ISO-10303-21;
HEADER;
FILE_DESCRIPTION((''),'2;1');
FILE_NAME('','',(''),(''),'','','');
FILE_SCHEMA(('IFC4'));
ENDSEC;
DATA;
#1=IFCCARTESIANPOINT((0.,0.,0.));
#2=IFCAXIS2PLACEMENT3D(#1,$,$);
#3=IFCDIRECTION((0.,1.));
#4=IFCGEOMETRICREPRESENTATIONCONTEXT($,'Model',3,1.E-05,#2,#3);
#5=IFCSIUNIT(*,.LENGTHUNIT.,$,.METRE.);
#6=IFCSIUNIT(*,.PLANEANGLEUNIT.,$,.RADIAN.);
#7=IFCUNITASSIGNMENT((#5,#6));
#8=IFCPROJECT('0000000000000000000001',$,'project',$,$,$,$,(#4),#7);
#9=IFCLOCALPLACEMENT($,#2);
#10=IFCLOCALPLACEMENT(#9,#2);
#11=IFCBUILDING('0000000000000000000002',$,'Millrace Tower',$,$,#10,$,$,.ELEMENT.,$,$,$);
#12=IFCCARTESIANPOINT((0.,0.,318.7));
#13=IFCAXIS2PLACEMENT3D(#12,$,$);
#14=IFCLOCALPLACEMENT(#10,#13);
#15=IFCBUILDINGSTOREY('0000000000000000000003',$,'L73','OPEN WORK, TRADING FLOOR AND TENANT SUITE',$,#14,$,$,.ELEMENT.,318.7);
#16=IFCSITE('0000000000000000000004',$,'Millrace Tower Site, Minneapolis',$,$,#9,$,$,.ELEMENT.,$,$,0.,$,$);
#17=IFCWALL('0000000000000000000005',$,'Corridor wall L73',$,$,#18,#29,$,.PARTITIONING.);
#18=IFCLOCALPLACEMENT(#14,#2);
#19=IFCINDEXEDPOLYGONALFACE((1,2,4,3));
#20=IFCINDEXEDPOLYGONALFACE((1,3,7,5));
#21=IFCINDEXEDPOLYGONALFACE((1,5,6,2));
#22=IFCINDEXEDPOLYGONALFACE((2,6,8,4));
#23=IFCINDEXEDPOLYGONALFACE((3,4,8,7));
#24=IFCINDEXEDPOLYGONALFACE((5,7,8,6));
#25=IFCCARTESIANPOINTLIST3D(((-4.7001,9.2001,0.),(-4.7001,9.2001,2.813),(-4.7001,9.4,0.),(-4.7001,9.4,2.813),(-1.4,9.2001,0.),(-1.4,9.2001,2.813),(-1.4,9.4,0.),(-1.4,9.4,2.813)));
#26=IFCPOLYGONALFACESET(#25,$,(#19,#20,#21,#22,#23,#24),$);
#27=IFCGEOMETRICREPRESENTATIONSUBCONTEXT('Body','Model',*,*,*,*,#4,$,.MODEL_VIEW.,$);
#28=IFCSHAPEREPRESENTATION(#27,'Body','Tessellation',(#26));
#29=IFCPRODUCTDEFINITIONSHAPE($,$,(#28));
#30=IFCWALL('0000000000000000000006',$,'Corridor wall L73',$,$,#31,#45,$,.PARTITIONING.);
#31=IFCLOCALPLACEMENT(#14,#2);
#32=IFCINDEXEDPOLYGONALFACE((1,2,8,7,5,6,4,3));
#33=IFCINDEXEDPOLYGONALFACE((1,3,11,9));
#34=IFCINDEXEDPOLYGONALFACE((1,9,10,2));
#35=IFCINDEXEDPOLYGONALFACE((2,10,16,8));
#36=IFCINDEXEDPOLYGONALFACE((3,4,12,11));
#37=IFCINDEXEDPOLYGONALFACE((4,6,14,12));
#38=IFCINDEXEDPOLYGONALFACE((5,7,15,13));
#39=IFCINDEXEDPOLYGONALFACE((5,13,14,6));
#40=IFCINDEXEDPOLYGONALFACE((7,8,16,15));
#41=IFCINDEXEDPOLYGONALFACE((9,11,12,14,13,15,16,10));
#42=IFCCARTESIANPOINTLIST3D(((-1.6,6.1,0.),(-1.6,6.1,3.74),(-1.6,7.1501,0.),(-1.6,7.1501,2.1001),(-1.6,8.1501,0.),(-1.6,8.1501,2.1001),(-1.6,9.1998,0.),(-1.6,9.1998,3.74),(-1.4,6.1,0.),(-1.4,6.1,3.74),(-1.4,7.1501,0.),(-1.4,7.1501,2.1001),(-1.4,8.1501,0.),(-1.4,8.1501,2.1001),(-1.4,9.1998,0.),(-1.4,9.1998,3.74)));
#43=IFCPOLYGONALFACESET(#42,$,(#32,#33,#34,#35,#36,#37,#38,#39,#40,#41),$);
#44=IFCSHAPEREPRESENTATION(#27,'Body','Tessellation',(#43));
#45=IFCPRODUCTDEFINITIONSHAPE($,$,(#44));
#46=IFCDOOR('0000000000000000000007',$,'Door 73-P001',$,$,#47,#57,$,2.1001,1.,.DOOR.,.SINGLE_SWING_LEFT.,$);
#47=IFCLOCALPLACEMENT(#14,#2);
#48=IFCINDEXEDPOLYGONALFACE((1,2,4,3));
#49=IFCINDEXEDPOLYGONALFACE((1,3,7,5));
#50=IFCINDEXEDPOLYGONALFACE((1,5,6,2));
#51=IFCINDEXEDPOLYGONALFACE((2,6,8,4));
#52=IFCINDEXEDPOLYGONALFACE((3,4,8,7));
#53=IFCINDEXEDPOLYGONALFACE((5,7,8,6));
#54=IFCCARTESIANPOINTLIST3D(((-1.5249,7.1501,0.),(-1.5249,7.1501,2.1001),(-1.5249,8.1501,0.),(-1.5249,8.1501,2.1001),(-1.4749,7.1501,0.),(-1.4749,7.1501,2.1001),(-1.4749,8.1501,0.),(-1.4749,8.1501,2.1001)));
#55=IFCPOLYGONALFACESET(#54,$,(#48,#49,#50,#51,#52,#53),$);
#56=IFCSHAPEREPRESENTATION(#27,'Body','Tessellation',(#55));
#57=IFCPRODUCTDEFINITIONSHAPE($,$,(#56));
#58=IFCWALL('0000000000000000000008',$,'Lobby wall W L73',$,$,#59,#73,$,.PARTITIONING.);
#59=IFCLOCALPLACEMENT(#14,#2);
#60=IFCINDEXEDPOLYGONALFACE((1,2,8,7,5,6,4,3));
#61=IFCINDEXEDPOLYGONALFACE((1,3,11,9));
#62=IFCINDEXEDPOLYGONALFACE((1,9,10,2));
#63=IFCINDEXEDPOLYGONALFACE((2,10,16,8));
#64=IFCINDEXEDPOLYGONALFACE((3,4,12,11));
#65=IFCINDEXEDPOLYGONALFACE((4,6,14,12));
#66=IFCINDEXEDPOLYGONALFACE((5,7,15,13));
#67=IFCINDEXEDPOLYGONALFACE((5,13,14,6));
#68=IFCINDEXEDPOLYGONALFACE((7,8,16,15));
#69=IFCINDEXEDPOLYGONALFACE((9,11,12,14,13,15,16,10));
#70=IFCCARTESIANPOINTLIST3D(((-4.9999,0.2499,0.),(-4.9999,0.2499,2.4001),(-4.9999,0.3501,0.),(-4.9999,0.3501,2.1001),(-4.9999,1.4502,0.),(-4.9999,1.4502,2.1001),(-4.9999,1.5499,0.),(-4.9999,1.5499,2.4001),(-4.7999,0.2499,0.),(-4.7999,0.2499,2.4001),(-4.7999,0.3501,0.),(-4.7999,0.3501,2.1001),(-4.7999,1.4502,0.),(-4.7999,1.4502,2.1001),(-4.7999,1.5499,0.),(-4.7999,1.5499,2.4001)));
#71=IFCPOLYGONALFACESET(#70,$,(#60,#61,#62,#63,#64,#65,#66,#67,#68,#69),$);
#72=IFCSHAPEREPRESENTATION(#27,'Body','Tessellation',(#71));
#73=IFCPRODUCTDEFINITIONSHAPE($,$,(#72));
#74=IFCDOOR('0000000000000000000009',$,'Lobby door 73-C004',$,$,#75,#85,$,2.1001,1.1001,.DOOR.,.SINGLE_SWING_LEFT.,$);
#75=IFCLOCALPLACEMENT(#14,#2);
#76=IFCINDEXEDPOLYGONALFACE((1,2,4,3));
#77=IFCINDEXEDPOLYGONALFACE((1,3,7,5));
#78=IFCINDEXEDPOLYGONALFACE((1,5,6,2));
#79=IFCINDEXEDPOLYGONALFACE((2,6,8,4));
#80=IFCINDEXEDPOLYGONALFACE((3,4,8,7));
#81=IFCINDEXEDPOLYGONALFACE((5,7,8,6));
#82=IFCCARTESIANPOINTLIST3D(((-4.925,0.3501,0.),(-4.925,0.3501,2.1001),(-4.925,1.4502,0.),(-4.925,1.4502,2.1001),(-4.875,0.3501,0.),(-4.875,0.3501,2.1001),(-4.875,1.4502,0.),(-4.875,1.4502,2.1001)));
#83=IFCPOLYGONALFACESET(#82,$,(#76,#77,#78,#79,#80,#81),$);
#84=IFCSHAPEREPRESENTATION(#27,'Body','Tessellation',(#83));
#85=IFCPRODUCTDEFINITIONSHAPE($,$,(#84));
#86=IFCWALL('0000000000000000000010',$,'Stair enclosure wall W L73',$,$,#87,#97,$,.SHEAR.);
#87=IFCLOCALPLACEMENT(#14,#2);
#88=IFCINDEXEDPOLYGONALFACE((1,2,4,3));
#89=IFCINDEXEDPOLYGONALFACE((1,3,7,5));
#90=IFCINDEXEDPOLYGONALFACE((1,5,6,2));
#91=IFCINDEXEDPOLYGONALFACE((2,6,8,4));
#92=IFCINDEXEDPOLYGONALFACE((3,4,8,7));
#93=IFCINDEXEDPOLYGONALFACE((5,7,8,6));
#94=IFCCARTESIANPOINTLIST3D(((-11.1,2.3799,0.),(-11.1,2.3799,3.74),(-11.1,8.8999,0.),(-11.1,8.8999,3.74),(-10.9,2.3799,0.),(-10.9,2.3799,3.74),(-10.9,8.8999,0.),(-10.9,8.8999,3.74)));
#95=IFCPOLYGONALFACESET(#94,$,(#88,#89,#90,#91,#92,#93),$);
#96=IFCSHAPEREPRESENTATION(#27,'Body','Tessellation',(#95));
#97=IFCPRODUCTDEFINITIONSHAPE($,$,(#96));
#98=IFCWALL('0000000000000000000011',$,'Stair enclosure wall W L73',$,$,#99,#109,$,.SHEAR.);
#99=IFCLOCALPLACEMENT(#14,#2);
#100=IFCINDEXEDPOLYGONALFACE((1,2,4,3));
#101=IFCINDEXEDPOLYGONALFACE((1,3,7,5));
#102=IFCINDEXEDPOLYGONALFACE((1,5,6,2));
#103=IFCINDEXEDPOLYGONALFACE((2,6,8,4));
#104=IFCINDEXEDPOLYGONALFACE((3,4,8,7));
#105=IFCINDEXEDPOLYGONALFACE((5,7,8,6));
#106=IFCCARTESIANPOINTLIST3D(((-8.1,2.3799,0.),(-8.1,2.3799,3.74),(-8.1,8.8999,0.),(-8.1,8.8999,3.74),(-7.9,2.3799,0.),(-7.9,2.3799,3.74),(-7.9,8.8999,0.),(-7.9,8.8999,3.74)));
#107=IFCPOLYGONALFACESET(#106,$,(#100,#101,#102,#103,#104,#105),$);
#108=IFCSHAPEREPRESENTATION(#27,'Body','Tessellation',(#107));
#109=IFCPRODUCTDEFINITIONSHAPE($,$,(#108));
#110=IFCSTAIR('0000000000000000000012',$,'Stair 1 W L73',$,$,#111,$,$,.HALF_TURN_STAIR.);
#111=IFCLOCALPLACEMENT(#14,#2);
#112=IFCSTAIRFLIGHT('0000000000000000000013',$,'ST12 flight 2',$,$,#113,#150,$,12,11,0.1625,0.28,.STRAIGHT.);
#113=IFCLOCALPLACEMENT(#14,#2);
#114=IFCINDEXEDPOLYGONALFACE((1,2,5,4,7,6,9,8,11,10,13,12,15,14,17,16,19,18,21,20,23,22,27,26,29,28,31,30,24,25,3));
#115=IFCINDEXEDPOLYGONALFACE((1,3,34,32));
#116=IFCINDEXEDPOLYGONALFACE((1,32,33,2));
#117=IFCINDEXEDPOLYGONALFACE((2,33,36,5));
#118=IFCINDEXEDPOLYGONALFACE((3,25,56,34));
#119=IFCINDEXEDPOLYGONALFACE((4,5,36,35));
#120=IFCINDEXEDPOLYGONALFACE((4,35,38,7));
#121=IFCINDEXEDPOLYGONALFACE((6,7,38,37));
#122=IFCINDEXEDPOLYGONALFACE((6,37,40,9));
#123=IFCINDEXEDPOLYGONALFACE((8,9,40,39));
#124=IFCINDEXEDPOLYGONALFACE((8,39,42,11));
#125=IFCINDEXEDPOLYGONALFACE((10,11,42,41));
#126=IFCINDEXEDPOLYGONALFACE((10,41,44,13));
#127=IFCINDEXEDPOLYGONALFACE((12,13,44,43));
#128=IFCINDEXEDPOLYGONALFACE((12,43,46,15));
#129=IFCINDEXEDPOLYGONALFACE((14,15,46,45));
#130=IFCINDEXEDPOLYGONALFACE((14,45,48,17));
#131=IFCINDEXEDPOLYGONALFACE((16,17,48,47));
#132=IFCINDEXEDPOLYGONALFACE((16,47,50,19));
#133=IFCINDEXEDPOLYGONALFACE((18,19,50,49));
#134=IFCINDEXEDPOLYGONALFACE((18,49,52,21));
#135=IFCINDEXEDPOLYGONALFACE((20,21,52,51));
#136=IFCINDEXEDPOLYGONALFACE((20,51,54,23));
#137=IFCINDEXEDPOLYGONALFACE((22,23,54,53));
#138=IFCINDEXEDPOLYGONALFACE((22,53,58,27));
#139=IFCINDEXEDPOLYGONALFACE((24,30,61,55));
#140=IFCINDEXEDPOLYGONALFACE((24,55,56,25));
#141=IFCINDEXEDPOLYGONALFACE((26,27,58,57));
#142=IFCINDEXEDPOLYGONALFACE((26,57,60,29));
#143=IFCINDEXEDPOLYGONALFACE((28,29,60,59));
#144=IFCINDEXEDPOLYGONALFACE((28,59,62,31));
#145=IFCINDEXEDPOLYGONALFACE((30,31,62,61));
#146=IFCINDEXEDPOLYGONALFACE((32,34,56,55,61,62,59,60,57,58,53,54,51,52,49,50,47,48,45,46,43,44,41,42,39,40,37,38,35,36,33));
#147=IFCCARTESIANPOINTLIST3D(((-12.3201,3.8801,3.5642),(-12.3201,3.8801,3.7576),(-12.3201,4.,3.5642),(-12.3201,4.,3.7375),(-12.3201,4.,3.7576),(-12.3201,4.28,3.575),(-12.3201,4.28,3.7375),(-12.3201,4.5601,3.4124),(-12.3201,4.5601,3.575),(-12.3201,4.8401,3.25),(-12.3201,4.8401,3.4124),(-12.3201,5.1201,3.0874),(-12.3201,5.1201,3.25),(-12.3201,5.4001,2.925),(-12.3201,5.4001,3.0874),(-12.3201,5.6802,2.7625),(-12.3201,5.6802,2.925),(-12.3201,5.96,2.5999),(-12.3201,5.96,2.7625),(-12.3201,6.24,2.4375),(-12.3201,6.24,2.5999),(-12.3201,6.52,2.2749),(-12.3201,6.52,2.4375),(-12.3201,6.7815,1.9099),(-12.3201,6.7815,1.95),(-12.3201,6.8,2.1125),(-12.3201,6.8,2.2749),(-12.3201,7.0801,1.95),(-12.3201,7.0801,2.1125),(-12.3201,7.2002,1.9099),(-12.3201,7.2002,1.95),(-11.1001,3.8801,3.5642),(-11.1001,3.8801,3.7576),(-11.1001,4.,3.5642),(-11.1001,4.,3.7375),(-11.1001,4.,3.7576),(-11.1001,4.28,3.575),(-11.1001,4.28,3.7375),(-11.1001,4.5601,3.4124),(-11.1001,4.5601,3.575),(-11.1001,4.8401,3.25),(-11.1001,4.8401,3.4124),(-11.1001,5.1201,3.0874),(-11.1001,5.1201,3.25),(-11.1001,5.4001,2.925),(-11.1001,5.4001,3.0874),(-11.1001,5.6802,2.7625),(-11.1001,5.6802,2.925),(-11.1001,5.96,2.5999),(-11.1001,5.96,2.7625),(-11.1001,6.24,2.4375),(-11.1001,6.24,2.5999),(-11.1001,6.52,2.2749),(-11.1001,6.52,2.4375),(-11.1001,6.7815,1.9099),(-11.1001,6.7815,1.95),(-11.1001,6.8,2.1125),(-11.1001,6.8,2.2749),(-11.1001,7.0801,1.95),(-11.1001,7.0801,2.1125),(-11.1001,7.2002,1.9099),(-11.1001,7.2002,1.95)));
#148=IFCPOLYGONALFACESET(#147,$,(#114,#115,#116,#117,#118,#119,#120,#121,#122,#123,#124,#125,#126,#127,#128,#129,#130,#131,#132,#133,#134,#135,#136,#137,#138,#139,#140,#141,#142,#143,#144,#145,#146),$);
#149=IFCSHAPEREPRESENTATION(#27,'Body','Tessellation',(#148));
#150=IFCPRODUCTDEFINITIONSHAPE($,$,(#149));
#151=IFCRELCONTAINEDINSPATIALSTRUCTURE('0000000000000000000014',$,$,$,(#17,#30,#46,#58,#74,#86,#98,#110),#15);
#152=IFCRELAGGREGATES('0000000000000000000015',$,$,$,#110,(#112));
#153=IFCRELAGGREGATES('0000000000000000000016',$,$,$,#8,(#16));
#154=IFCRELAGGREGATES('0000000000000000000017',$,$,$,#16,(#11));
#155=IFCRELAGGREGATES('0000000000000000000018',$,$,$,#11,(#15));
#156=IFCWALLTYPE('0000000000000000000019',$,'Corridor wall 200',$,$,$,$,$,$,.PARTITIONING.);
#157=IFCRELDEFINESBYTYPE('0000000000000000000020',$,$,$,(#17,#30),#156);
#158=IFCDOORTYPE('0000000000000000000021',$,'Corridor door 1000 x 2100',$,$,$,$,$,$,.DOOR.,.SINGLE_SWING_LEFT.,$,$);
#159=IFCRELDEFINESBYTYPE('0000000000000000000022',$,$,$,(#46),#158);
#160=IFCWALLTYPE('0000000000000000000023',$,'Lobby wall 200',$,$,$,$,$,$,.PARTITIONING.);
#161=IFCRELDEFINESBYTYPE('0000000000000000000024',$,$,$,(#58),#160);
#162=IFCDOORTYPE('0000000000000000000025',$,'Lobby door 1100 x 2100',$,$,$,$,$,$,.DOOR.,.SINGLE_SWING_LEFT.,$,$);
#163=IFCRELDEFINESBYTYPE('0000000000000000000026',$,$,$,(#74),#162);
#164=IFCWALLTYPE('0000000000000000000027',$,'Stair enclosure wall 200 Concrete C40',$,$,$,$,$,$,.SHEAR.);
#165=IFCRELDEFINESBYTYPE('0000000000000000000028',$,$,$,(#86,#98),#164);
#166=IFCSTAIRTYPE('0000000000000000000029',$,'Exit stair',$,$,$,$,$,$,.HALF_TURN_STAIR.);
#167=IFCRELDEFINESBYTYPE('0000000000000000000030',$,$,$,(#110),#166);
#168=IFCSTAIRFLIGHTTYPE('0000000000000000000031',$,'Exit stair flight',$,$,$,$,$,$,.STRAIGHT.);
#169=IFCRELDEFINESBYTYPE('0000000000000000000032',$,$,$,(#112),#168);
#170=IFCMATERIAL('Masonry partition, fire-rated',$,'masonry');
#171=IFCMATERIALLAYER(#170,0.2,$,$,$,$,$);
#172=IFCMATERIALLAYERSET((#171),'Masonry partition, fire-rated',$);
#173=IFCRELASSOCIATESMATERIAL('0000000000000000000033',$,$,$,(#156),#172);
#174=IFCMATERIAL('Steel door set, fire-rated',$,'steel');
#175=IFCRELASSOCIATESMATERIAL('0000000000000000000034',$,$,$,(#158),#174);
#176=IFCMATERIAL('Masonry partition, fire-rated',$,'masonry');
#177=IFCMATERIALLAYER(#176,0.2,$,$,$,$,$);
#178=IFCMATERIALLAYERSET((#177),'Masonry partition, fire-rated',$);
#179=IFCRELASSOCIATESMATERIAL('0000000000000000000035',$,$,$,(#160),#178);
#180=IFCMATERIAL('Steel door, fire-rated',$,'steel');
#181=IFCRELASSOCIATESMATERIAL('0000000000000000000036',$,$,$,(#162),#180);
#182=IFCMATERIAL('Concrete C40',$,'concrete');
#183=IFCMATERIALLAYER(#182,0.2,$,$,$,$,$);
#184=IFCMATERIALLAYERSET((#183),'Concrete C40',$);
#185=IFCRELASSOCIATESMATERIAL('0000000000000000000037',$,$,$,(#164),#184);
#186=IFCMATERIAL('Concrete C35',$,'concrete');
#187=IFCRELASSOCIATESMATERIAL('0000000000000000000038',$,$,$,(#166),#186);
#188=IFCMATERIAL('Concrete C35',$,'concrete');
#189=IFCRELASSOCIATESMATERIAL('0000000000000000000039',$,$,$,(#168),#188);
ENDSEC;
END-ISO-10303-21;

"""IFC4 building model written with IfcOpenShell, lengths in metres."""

from ifc_helpers import new_model, si_unit, direction, frame, frame_2d, origin, place, context, subcontext, project, spatial, polyline, rectangle, outline, extrude, material, layer, layer_set, type_object, element, fill, aggregate, save


model = new_model("IFC4")

# Units and contexts
model_context = context("Model", 3, precision=1e-05, world=origin(), true_north=direction((0.0, 1.0)))
body_context = subcontext(model_context, "Body", "Model", "MODEL_VIEW")
ifc_project = project(units=[si_unit("LENGTHUNIT", "METRE"), si_unit("PLANEANGLEUNIT", "RADIAN")], contexts=[model_context])

# Site, building, storey
site_placement = place(None, origin())
site = spatial("IfcSite", under=ifc_project, at=site_placement, Name="Millrace Tower Site, Minneapolis", CompositionType="ELEMENT", RefElevation=0.0)
building_placement = place(site_placement, origin())
building = spatial("IfcBuilding", under=site, at=building_placement, Name="Millrace Tower", CompositionType="ELEMENT")
storey_placement = place(building_placement, frame((0.0, 0.0, 318.7)))
storey = spatial("IfcBuildingStorey", under=building, at=storey_placement, Name="L73", Description="OPEN WORK, TRADING FLOOR AND TENANT SUITE", CompositionType="ELEMENT", Elevation=318.7)

# Shared definitions
placement = place(storey_placement, origin())

# Wall
ifc_material_1 = material(Name="Masonry partition, fire-rated", Category="masonry")
ifc_layer_1 = layer(ifc_material_1, 0.2)
ifc_layer_set_1 = layer_set([ifc_layer_1], Name="Masonry partition, fire-rated")
wall_type_1 = type_object("IfcWallType", Name="Corridor wall 200", PredefinedType="PARTITIONING", material=ifc_layer_set_1)
wall_1_placement = place(storey_placement, frame((-4.7, 9.3, 0.0), z_axis=(0.0, 0.0, 1.0), x_axis=(1.0, 0.0, 0.0)))
element("IfcWall", 1, at=wall_1_placement, inside=storey, type_object=wall_type_1, Name="Corridor wall L73", PredefinedType="PARTITIONING", context=body_context, shape_type="SweptSolid", body=[
    extrude(rectangle(XDim=3.3, YDim=0.2, at=frame_2d((1.6499, 0.0))), origin(), (0.0, 0.0, 1.0), 2.813),
])

# Walls, openings, doors
wall_2_placement = place(storey_placement, frame((-1.5, 6.1001, 0.0), z_axis=(0.0, 0.0, 1.0), x_axis=(0.0, 1.0, 0.0)))
wall_2 = element("IfcWall", 2, at=wall_2_placement, inside=storey, type_object=wall_type_1, Name="Corridor wall L73", PredefinedType="PARTITIONING", context=body_context, shape_type="SweptSolid", body=[
    extrude(rectangle(XDim=3.0999, YDim=0.2, at=frame_2d((1.5498, 0.0))), origin(), (0.0, 0.0, 1.0), 3.74),
])
opening_1_placement = place(wall_2_placement, frame((1.05, 0.0, 0.0)))
opening_1 = element("IfcOpeningElement", 3, at=opening_1_placement, cuts=wall_2, PredefinedType="OPENING", context=body_context, shape_type="SweptSolid", body=[
    extrude(rectangle(XDim=1.0, YDim=2.1001, at=frame_2d((0.5, 1.05))), frame((0.0, 0.1099, 0.0), z_axis=(0.0, -1.0, 0.0), x_axis=(1.0, 0.0, 0.0)), (0.0, 0.0, 1.0), 0.22),
])
ifc_material_2 = material(Name="Steel door set, fire-rated", Category="steel")
door_type_1 = type_object("IfcDoorType", Name="Corridor door 1000 x 2100", OperationType="SINGLE_SWING_LEFT", PredefinedType="DOOR", material=ifc_material_2)
door_1_placement = place(opening_1_placement, origin())
door_1 = element("IfcDoor", 4, at=door_1_placement, inside=storey, type_object=door_type_1, Name="Door 73-P001", OperationType="SINGLE_SWING_LEFT", OverallHeight=2.1001, OverallWidth=1.0, PredefinedType="DOOR", context=body_context, shape_type="SweptSolid", body=[
    extrude(rectangle(XDim=1.0, YDim=2.1001, at=frame_2d((0.5, 1.05))), frame((0.0, 0.0249, 0.0), z_axis=(0.0, -1.0, 0.0), x_axis=(1.0, 0.0, 0.0)), (0.0, 0.0, 1.0), 0.05),
])
fill(opening_1, door_1)
ifc_material_3 = material(Name="Masonry partition, fire-rated", Category="masonry")
ifc_layer_2 = layer(ifc_material_3, 0.2)
ifc_layer_set_2 = layer_set([ifc_layer_2], Name="Masonry partition, fire-rated")
wall_type_2 = type_object("IfcWallType", Name="Lobby wall 200", PredefinedType="PARTITIONING", material=ifc_layer_set_2)
wall_3_placement = place(storey_placement, frame((-4.8999, 0.25, 0.0), z_axis=(0.0, 0.0, 1.0), x_axis=(0.0, 1.0, 0.0)))
wall_3 = element("IfcWall", 5, at=wall_3_placement, inside=storey, type_object=wall_type_2, Name="Lobby wall W L73", PredefinedType="PARTITIONING", context=body_context, shape_type="SweptSolid", body=[
    extrude(rectangle(XDim=1.3, YDim=0.2, at=frame_2d((0.6499, 0.0))), origin(), (0.0, 0.0, 1.0), 2.4001),
])
opening_2_placement = place(wall_3_placement, frame((0.1001, 0.0, 0.0)))
opening_2 = element("IfcOpeningElement", 6, at=opening_2_placement, cuts=wall_3, PredefinedType="OPENING", context=body_context, shape_type="SweptSolid", body=[
    extrude(rectangle(XDim=1.1001, YDim=2.1001, at=frame_2d((0.55, 1.05))), frame((0.0, 0.1099, 0.0), z_axis=(0.0, -1.0, 0.0), x_axis=(1.0, 0.0, 0.0)), (0.0, 0.0, 1.0), 0.22),
])
ifc_material_4 = material(Name="Steel door, fire-rated", Category="steel")
door_type_2 = type_object("IfcDoorType", Name="Lobby door 1100 x 2100", OperationType="SINGLE_SWING_LEFT", PredefinedType="DOOR", material=ifc_material_4)
door_2_placement = place(opening_2_placement, frame((1.1001, 0.0, 0.0), z_axis=(0.0, 0.0, 1.0), x_axis=(-1.0, 0.0, 0.0)))
door_2 = element("IfcDoor", 7, at=door_2_placement, inside=storey, type_object=door_type_2, Name="Lobby door 73-C004", OperationType="SINGLE_SWING_LEFT", OverallHeight=2.1001, OverallWidth=1.1001, PredefinedType="DOOR", context=body_context, shape_type="SweptSolid", body=[
    extrude(rectangle(XDim=1.1001, YDim=2.1001, at=frame_2d((0.55, 1.05))), frame((0.0, 0.0249, 0.0), z_axis=(0.0, -1.0, 0.0), x_axis=(1.0, 0.0, 0.0)), (0.0, 0.0, 1.0), 0.05),
])
fill(opening_2, door_2)

# Walls
ifc_material_5 = material(Name="Concrete C40", Category="concrete")
ifc_layer_3 = layer(ifc_material_5, 0.2)
ifc_layer_set_3 = layer_set([ifc_layer_3], Name="Concrete C40")
wall_type_3 = type_object("IfcWallType", Name="Stair enclosure wall 200 Concrete C40", PredefinedType="SHEAR", material=ifc_layer_set_3)
for number, where, z_axis, x_axis, name in (
    (8, (-11.0, 2.3799, 0.0), (0.0, 0.0, 1.0), (0.0, 1.0, 0.0), "Stair enclosure wall W L73"),
    (9, (-8.0, 2.3799, 0.0), (0.0, 0.0, 1.0), (0.0, 1.0, 0.0), "Stair enclosure wall W L73"),
):
    element("IfcWall", number, at=place(storey_placement, frame(where, z_axis=z_axis, x_axis=x_axis)), inside=storey, type_object=wall_type_3, Name=name, PredefinedType="SHEAR", context=body_context, shape_type="SweptSolid", body=[
        extrude(rectangle(XDim=6.52, YDim=0.2, at=frame_2d((3.26, 0.0))), origin(), (0.0, 0.0, 1.0), 3.74),
    ])

# Stair, stair flight
ifc_material_6 = material(Name="Concrete C35", Category="concrete")
stair_type = type_object("IfcStairType", Name="Exit stair", PredefinedType="HALF_TURN_STAIR", material=ifc_material_6)
stair_1 = element("IfcStair", 10, at=placement, inside=storey, type_object=stair_type, Name="Stair 1 W L73", PredefinedType="HALF_TURN_STAIR")
ifc_material_7 = material(Name="Concrete C35", Category="concrete")
stair_flight_type = type_object("IfcStairFlightType", Name="Exit stair flight", PredefinedType="STRAIGHT", material=ifc_material_7)
stair_flight_1_placement = place(storey_placement, frame((-11.71, 7.0801, 1.95), z_axis=(0.0, 0.0, 1.0), x_axis=(0.0, -1.0, 0.0)))
stair_flight_1 = element("IfcStairFlight", 11, at=stair_flight_1_placement, type_object=stair_flight_type, Name="ST12 flight 2", NumberOfRisers=12, NumberOfTreads=11, PredefinedType="STRAIGHT", RiserHeight=0.1625, TreadLength=0.28, context=body_context, shape_type="SweptSolid", body=[
    extrude(outline(polyline([(-0.1201, -0.04), (-0.1201, 0.0), (0.0, 0.0), (0.0, 0.1626), (0.28, 0.1626), (0.28, 0.325), (0.5601, 0.325), (0.5601, 0.4875), (0.8401, 0.4875), (0.8401, 0.6499), (1.1201, 0.6499), (1.1201, 0.8125), (1.3999, 0.8125), (1.3999, 0.9751), (1.6799, 0.9751), (1.6799, 1.1375), (1.96, 1.1375), (1.96, 1.3), (2.24, 1.3), (2.24, 1.4624), (2.52, 1.4624), (2.52, 1.625), (2.8, 1.625), (2.8, 1.7876), (3.0801, 1.7876), (3.0801, 1.8076), (3.2, 1.8076), (3.2, 1.6143), (3.0801, 1.6143), (0.2986, 0.0), (0.2986, -0.04), (-0.1201, -0.04)])), frame((0.0, 0.6099, 0.0), z_axis=(0.0, -1.0, 0.0), x_axis=(1.0, 0.0, 0.0)), (0.0, 0.0, 1.0), 1.22),
])
aggregate(stair_1, [stair_flight_1])

save(model, "model.ifc")
